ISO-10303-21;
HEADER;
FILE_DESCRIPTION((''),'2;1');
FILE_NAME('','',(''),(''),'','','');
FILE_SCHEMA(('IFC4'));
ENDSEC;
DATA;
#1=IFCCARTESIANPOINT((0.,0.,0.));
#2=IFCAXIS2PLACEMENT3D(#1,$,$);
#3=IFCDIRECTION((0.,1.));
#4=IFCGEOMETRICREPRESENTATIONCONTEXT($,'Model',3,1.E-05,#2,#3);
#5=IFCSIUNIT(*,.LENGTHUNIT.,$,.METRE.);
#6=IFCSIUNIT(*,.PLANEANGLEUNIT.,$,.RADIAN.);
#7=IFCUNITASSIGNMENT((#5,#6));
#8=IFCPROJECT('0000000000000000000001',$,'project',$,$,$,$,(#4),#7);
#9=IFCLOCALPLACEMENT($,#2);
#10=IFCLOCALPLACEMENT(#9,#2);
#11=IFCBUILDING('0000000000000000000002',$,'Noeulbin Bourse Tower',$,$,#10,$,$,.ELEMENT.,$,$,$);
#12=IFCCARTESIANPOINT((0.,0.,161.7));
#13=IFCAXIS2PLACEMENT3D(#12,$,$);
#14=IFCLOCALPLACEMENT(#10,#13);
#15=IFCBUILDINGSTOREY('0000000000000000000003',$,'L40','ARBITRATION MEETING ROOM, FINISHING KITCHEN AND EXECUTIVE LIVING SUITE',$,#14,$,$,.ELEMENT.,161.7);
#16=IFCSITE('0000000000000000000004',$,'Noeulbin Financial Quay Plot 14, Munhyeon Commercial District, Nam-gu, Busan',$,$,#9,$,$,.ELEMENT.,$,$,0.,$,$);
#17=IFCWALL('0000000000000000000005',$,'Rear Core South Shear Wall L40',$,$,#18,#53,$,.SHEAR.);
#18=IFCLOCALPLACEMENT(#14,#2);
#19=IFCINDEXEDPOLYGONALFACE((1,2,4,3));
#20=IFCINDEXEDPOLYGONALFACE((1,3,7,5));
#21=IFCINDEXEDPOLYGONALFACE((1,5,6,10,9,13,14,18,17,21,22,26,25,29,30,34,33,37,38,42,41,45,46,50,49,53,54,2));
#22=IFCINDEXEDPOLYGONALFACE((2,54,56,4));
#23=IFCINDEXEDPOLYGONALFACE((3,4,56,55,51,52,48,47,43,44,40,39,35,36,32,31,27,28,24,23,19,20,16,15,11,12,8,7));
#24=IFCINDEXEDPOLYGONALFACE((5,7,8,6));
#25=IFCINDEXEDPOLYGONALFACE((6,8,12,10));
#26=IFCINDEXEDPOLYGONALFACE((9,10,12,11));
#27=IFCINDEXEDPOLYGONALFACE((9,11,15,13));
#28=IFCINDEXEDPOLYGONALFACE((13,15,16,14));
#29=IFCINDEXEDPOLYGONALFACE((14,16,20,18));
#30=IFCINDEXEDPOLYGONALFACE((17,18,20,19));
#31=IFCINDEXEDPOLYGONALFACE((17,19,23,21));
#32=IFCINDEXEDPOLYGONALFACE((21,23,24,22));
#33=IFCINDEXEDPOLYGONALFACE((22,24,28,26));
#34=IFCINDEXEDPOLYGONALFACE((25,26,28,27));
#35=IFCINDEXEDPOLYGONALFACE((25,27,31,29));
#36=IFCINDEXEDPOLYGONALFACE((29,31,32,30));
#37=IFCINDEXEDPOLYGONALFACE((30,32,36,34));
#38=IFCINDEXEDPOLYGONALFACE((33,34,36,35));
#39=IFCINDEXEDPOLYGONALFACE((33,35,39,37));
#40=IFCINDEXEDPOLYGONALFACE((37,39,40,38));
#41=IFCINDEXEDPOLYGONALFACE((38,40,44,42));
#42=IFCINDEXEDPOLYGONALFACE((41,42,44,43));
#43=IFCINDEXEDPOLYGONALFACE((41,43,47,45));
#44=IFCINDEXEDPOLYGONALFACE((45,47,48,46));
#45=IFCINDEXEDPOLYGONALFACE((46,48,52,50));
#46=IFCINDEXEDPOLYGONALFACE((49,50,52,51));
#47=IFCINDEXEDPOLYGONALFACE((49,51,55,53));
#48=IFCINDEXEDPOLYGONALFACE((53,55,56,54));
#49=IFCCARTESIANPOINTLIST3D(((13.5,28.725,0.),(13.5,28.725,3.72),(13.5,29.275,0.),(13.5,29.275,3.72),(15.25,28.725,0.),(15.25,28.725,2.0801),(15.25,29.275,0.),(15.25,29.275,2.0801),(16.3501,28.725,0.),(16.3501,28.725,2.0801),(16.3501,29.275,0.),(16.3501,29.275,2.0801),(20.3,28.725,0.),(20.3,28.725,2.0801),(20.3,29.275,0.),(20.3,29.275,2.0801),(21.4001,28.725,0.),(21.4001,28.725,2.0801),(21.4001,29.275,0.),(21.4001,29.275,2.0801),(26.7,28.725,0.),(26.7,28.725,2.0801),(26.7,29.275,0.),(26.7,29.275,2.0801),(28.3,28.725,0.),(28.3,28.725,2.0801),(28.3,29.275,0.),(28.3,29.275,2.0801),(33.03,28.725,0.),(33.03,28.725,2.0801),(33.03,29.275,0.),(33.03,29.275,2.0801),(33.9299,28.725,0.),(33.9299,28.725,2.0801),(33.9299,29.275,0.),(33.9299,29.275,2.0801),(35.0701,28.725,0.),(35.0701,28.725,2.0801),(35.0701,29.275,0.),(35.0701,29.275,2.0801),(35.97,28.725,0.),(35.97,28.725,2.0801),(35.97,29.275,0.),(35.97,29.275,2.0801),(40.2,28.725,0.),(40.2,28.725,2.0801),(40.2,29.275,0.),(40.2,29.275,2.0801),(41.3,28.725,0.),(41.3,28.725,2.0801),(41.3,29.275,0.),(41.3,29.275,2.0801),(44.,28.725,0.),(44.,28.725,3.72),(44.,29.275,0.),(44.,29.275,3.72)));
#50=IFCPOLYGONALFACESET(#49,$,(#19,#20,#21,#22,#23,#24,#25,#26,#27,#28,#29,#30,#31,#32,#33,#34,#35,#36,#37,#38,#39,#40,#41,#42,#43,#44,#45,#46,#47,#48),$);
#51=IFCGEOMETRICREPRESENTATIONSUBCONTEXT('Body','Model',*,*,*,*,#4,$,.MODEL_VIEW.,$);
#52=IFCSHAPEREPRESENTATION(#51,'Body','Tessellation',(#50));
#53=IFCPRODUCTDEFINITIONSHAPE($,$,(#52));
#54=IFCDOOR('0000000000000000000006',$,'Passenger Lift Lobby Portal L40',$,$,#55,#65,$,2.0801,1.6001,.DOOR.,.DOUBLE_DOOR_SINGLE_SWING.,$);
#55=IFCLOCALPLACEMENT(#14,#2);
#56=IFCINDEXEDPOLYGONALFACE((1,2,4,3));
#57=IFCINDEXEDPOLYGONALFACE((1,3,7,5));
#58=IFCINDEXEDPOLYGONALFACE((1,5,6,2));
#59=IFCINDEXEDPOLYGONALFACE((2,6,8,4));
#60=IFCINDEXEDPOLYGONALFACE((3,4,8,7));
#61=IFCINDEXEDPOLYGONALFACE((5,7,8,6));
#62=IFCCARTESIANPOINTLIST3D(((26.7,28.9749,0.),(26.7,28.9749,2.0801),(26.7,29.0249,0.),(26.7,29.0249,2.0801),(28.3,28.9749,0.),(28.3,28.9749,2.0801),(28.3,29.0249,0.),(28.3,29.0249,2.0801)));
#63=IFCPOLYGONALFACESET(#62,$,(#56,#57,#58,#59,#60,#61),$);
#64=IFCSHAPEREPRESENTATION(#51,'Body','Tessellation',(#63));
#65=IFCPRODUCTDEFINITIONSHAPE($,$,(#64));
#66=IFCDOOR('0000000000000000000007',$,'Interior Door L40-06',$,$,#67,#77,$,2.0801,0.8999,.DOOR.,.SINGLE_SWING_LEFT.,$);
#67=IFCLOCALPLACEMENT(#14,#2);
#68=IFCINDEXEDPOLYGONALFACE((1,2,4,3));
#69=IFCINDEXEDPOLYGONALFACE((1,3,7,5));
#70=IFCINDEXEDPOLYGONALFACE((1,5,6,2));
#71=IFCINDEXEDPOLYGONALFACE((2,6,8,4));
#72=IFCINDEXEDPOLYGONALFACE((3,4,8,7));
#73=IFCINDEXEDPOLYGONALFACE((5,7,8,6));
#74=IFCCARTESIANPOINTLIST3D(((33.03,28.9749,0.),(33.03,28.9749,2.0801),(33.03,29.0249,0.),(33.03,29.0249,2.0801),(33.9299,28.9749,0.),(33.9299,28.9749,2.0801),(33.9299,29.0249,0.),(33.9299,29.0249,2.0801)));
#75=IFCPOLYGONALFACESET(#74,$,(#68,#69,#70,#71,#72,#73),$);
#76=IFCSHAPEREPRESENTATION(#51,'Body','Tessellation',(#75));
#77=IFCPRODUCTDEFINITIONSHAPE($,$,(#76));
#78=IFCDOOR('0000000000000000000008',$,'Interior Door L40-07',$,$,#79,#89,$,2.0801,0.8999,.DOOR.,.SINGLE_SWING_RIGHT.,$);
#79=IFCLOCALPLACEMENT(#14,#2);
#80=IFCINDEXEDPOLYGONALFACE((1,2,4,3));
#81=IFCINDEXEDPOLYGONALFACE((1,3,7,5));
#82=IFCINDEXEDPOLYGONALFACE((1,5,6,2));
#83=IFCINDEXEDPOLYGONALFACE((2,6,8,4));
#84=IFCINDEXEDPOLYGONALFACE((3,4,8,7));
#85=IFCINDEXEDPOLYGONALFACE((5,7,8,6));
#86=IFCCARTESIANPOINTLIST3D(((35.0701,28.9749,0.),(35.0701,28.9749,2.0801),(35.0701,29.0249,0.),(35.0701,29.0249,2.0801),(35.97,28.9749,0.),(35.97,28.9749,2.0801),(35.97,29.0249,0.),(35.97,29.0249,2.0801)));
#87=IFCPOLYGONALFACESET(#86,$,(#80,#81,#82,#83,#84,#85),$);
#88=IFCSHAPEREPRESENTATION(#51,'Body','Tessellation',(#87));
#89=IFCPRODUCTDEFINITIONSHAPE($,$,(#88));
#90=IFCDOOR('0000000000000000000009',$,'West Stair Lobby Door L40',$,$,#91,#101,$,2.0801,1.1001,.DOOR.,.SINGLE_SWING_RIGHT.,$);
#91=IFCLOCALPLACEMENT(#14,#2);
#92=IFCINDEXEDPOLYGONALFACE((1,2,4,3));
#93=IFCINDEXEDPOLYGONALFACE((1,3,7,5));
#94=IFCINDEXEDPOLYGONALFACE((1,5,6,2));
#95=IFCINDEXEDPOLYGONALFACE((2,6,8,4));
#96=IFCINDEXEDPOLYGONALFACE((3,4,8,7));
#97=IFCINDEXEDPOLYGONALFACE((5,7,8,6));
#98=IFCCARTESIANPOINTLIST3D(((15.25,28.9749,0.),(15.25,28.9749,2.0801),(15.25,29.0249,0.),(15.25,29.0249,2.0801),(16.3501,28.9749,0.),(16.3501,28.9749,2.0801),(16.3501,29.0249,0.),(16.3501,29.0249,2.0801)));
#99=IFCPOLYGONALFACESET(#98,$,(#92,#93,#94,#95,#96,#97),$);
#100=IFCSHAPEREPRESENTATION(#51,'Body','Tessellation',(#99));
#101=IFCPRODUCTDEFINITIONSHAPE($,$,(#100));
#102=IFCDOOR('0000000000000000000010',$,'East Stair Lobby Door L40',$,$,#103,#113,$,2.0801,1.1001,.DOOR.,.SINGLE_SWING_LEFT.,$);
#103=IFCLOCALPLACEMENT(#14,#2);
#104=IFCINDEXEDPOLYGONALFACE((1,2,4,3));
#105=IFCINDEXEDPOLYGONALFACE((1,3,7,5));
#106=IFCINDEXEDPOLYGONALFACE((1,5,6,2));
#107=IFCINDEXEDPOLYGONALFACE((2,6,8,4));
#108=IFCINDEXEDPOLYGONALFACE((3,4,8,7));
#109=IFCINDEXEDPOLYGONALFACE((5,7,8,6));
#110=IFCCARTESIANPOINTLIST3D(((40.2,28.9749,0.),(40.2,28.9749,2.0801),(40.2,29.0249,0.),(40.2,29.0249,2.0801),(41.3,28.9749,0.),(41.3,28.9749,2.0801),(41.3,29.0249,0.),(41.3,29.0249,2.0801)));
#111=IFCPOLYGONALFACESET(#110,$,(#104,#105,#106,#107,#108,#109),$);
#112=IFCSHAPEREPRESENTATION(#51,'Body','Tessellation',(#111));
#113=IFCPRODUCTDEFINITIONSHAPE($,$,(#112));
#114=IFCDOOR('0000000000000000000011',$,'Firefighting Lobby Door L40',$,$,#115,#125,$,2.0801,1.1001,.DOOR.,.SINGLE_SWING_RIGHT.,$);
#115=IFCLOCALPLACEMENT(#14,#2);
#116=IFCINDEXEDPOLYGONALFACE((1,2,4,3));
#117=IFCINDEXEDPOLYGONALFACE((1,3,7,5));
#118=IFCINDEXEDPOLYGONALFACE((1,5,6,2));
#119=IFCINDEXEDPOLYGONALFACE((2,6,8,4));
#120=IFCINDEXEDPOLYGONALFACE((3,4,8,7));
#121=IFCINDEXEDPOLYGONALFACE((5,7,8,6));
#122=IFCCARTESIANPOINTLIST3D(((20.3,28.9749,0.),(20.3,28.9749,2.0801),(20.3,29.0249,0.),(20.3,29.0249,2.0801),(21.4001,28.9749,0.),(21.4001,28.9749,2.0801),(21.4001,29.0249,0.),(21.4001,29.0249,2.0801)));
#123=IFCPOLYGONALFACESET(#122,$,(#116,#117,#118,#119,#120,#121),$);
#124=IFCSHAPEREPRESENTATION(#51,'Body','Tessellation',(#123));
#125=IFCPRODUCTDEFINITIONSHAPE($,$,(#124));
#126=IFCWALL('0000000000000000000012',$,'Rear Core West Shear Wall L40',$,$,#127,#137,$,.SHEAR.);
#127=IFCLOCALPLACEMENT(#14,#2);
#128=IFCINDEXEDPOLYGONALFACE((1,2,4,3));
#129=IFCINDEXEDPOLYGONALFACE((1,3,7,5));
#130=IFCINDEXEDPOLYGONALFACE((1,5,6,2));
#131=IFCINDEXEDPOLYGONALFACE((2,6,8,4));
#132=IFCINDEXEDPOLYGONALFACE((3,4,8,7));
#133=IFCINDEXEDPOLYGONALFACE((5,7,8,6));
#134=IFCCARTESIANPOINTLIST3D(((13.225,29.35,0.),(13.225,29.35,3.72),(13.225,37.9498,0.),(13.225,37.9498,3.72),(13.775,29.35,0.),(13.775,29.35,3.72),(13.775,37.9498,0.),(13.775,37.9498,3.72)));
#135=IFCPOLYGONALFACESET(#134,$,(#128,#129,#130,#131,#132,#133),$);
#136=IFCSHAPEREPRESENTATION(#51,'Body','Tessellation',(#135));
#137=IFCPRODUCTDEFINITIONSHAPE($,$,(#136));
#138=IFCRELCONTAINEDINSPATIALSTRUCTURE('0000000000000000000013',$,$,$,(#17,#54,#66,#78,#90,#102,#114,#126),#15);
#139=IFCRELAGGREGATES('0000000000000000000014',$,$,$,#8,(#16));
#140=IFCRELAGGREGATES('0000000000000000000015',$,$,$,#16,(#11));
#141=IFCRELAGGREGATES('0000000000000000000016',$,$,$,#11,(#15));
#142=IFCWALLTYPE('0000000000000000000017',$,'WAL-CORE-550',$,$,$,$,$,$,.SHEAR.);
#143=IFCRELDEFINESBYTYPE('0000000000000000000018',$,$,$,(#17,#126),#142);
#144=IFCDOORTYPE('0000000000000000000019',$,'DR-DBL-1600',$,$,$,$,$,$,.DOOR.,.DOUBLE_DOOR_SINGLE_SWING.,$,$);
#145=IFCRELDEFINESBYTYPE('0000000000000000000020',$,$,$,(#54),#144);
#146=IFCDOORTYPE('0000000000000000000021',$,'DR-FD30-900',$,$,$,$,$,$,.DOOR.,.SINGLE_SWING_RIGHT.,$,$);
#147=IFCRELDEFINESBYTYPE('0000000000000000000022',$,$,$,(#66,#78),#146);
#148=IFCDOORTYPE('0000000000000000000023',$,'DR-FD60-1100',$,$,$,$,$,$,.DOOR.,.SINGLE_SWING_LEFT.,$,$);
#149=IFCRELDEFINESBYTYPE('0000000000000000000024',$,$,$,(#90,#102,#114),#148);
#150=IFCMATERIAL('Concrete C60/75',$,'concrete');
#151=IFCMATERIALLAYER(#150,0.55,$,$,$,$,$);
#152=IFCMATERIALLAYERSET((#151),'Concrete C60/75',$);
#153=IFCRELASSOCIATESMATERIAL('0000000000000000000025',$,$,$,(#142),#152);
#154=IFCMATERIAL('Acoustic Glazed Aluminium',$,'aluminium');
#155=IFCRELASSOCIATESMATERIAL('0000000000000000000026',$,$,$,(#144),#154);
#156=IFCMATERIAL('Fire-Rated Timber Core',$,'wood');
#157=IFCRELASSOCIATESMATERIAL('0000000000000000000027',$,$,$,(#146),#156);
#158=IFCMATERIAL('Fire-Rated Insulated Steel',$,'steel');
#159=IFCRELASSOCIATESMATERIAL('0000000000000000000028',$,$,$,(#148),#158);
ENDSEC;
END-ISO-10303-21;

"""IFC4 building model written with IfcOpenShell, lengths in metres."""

from ifc_helpers import new_model, si_unit, direction, frame, frame_2d, origin, place, context, subcontext, project, spatial, rectangle, extrude, material, layer, layer_set, type_object, element, fill, save


model = new_model("IFC4")

# Units and contexts
model_context = context("Model", 3, precision=1e-05, world=origin(), true_north=direction((0.0, 1.0)))
body_context = subcontext(model_context, "Body", "Model", "MODEL_VIEW")
ifc_project = project(units=[si_unit("LENGTHUNIT", "METRE"), si_unit("PLANEANGLEUNIT", "RADIAN")], contexts=[model_context])

# Site, building, storey
site_placement = place(None, origin())
site = spatial("IfcSite", under=ifc_project, at=site_placement, Name="Noeulbin Financial Quay Plot 14, Munhyeon Commercial District, Nam-gu, Busan", CompositionType="ELEMENT", RefElevation=0.0)
building_placement = place(site_placement, origin())
building = spatial("IfcBuilding", under=site, at=building_placement, Name="Noeulbin Bourse Tower", CompositionType="ELEMENT")
storey_placement = place(building_placement, frame((0.0, 0.0, 161.7)))
storey = spatial("IfcBuildingStorey", under=building, at=storey_placement, Name="L40", Description="ARBITRATION MEETING ROOM, FINISHING KITCHEN AND EXECUTIVE LIVING SUITE", CompositionType="ELEMENT", Elevation=161.7)

# Wall, openings, doors
ifc_material_1 = material(Name="Concrete C60/75", Category="concrete")
ifc_layer_1 = layer(ifc_material_1, 0.55)
ifc_layer_set_1 = layer_set([ifc_layer_1], Name="Concrete C60/75")
wall_type_1 = type_object("IfcWallType", Name="WAL-CORE-550", PredefinedType="SHEAR", material=ifc_layer_set_1)
wall_1_placement = place(storey_placement, frame((13.5, 29.0, 0.0), z_axis=(0.0, 0.0, 1.0), x_axis=(1.0, 0.0, 0.0)))
wall_1 = element("IfcWall", 1, at=wall_1_placement, inside=storey, type_object=wall_type_1, Name="Rear Core South Shear Wall L40", PredefinedType="SHEAR", context=body_context, shape_type="SweptSolid", body=[
    extrude(rectangle(XDim=30.5, YDim=0.55, at=frame_2d((15.25, 0.0))), origin(), (0.0, 0.0, 1.0), 3.72),
])
opening_1_placement = place(wall_1_placement, frame((1.75, 0.0, 0.0)))
opening_1 = element("IfcOpeningElement", 2, at=opening_1_placement, cuts=wall_1, PredefinedType="OPENING", context=body_context, shape_type="SweptSolid", body=[
    extrude(rectangle(XDim=1.1001, YDim=2.0801, at=frame_2d((0.55, 1.04))), frame((0.0, 0.2849, 0.0), z_axis=(0.0, -1.0, 0.0), x_axis=(1.0, 0.0, 0.0)), (0.0, 0.0, 1.0), 0.5701),
])
opening_2_placement = place(wall_1_placement, frame((26.7, 0.0, 0.0)))
opening_2 = element("IfcOpeningElement", 3, at=opening_2_placement, cuts=wall_1, PredefinedType="OPENING", context=body_context, shape_type="SweptSolid", body=[
    extrude(rectangle(XDim=1.1001, YDim=2.0801, at=frame_2d((0.55, 1.04))), frame((0.0, 0.2849, 0.0), z_axis=(0.0, -1.0, 0.0), x_axis=(1.0, 0.0, 0.0)), (0.0, 0.0, 1.0), 0.5701),
])
opening_3_placement = place(wall_1_placement, frame((6.8, 0.0, 0.0)))
opening_3 = element("IfcOpeningElement", 4, at=opening_3_placement, cuts=wall_1, PredefinedType="OPENING", context=body_context, shape_type="SweptSolid", body=[
    extrude(rectangle(XDim=1.1001, YDim=2.0801, at=frame_2d((0.55, 1.04))), frame((0.0, 0.2849, 0.0), z_axis=(0.0, -1.0, 0.0), x_axis=(1.0, 0.0, 0.0)), (0.0, 0.0, 1.0), 0.5701),
])
opening_4_placement = place(wall_1_placement, frame((13.2, 0.0, 0.0)))
opening_4 = element("IfcOpeningElement", 5, at=opening_4_placement, cuts=wall_1, PredefinedType="OPENING", context=body_context, shape_type="SweptSolid", body=[
    extrude(rectangle(XDim=1.6001, YDim=2.0801, at=frame_2d((0.8, 1.04))), frame((0.0, 0.2849, 0.0), z_axis=(0.0, -1.0, 0.0), x_axis=(1.0, 0.0, 0.0)), (0.0, 0.0, 1.0), 0.5701),
])
opening_5_placement = place(wall_1_placement, frame((19.53, 0.0, 0.0)))
opening_5 = element("IfcOpeningElement", 6, at=opening_5_placement, cuts=wall_1, PredefinedType="OPENING", context=body_context, shape_type="SweptSolid", body=[
    extrude(rectangle(XDim=0.8999, YDim=2.0801, at=frame_2d((0.45, 1.04))), frame((0.0, 0.2849, 0.0), z_axis=(0.0, -1.0, 0.0), x_axis=(1.0, 0.0, 0.0)), (0.0, 0.0, 1.0), 0.5701),
])
opening_6_placement = place(wall_1_placement, frame((21.5701, 0.0, 0.0)))
opening_6 = element("IfcOpeningElement", 7, at=opening_6_placement, cuts=wall_1, PredefinedType="OPENING", context=body_context, shape_type="SweptSolid", body=[
    extrude(rectangle(XDim=0.8999, YDim=2.0801, at=frame_2d((0.45, 1.04))), frame((0.0, 0.2849, 0.0), z_axis=(0.0, -1.0, 0.0), x_axis=(1.0, 0.0, 0.0)), (0.0, 0.0, 1.0), 0.5701),
])
ifc_material_2 = material(Name="Acoustic Glazed Aluminium", Category="aluminium")
door_type_1 = type_object("IfcDoorType", Name="DR-DBL-1600", OperationType="DOUBLE_DOOR_SINGLE_SWING", PredefinedType="DOOR", material=ifc_material_2)
door_1_placement = place(opening_4_placement, origin())
door_1 = element("IfcDoor", 8, at=door_1_placement, inside=storey, type_object=door_type_1, Name="Passenger Lift Lobby Portal L40", OperationType="DOUBLE_DOOR_SINGLE_SWING", OverallHeight=2.0801, OverallWidth=1.6001, PredefinedType="DOOR", context=body_context, shape_type="SweptSolid", body=[
    extrude(rectangle(XDim=1.6001, YDim=2.0801, at=frame_2d((0.8, 1.04))), frame((0.0, 0.0249, 0.0), z_axis=(0.0, -1.0, 0.0), x_axis=(1.0, 0.0, 0.0)), (0.0, 0.0, 1.0), 0.05),
])
fill(opening_4, door_1)
ifc_material_3 = material(Name="Fire-Rated Timber Core", Category="wood")
door_type_2 = type_object("IfcDoorType", Name="DR-FD30-900", OperationType="SINGLE_SWING_RIGHT", PredefinedType="DOOR", material=ifc_material_3)
door_2_placement = place(opening_5_placement, origin())
door_2 = element("IfcDoor", 9, at=door_2_placement, inside=storey, type_object=door_type_2, Name="Interior Door L40-06", OperationType="SINGLE_SWING_LEFT", OverallHeight=2.0801, OverallWidth=0.8999, PredefinedType="DOOR", context=body_context, shape_type="SweptSolid", body=[
    extrude(rectangle(XDim=0.8999, YDim=2.0801, at=frame_2d((0.45, 1.04))), frame((0.0, 0.0249, 0.0), z_axis=(0.0, -1.0, 0.0), x_axis=(1.0, 0.0, 0.0)), (0.0, 0.0, 1.0), 0.05),
])
fill(opening_5, door_2)
door_3_placement = place(opening_6_placement, origin())
door_3 = element("IfcDoor", 10, at=door_3_placement, inside=storey, type_object=door_type_2, Name="Interior Door L40-07", OperationType="SINGLE_SWING_RIGHT", OverallHeight=2.0801, OverallWidth=0.8999, PredefinedType="DOOR", context=body_context, shape_type="SweptSolid", body=[
    extrude(rectangle(XDim=0.8999, YDim=2.0801, at=frame_2d((0.45, 1.04))), frame((0.0, 0.0249, 0.0), z_axis=(0.0, -1.0, 0.0), x_axis=(1.0, 0.0, 0.0)), (0.0, 0.0, 1.0), 0.05),
])
fill(opening_6, door_3)
ifc_material_4 = material(Name="Fire-Rated Insulated Steel", Category="steel")
door_type_3 = type_object("IfcDoorType", Name="DR-FD60-1100", OperationType="SINGLE_SWING_LEFT", PredefinedType="DOOR", material=ifc_material_4)
door_4_placement = place(opening_1_placement, origin())
door_4 = element("IfcDoor", 11, at=door_4_placement, inside=storey, type_object=door_type_3, Name="West Stair Lobby Door L40", OperationType="SINGLE_SWING_RIGHT", OverallHeight=2.0801, OverallWidth=1.1001, PredefinedType="DOOR", context=body_context, shape_type="SweptSolid", body=[
    extrude(rectangle(XDim=1.1001, YDim=2.0801, at=frame_2d((0.55, 1.04))), frame((0.0, 0.0249, 0.0), z_axis=(0.0, -1.0, 0.0), x_axis=(1.0, 0.0, 0.0)), (0.0, 0.0, 1.0), 0.05),
])
fill(opening_1, door_4)
door_5_placement = place(opening_2_placement, origin())
door_5 = element("IfcDoor", 12, at=door_5_placement, inside=storey, type_object=door_type_3, Name="East Stair Lobby Door L40", OperationType="SINGLE_SWING_LEFT", OverallHeight=2.0801, OverallWidth=1.1001, PredefinedType="DOOR", context=body_context, shape_type="SweptSolid", body=[
    extrude(rectangle(XDim=1.1001, YDim=2.0801, at=frame_2d((0.55, 1.04))), frame((0.0, 0.0249, 0.0), z_axis=(0.0, -1.0, 0.0), x_axis=(1.0, 0.0, 0.0)), (0.0, 0.0, 1.0), 0.05),
])
fill(opening_2, door_5)
door_6_placement = place(opening_3_placement, origin())
door_6 = element("IfcDoor", 13, at=door_6_placement, inside=storey, type_object=door_type_3, Name="Firefighting Lobby Door L40", OperationType="SINGLE_SWING_RIGHT", OverallHeight=2.0801, OverallWidth=1.1001, PredefinedType="DOOR", context=body_context, shape_type="SweptSolid", body=[
    extrude(rectangle(XDim=1.1001, YDim=2.0801, at=frame_2d((0.55, 1.04))), frame((0.0, 0.0249, 0.0), z_axis=(0.0, -1.0, 0.0), x_axis=(1.0, 0.0, 0.0)), (0.0, 0.0, 1.0), 0.05),
])
fill(opening_3, door_6)

# Wall
wall_2_placement = place(storey_placement, frame((13.5, 29.3501, 0.0), z_axis=(0.0, 0.0, 1.0), x_axis=(0.0, 1.0, 0.0)))
element("IfcWall", 14, at=wall_2_placement, inside=storey, type_object=wall_type_1, Name="Rear Core West Shear Wall L40", PredefinedType="SHEAR", context=body_context, shape_type="SweptSolid", body=[
    extrude(rectangle(XDim=8.5999, YDim=0.55, at=frame_2d((4.2998, 0.0))), origin(), (0.0, 0.0, 1.0), 3.72),
])

save(model, "model.ifc")
